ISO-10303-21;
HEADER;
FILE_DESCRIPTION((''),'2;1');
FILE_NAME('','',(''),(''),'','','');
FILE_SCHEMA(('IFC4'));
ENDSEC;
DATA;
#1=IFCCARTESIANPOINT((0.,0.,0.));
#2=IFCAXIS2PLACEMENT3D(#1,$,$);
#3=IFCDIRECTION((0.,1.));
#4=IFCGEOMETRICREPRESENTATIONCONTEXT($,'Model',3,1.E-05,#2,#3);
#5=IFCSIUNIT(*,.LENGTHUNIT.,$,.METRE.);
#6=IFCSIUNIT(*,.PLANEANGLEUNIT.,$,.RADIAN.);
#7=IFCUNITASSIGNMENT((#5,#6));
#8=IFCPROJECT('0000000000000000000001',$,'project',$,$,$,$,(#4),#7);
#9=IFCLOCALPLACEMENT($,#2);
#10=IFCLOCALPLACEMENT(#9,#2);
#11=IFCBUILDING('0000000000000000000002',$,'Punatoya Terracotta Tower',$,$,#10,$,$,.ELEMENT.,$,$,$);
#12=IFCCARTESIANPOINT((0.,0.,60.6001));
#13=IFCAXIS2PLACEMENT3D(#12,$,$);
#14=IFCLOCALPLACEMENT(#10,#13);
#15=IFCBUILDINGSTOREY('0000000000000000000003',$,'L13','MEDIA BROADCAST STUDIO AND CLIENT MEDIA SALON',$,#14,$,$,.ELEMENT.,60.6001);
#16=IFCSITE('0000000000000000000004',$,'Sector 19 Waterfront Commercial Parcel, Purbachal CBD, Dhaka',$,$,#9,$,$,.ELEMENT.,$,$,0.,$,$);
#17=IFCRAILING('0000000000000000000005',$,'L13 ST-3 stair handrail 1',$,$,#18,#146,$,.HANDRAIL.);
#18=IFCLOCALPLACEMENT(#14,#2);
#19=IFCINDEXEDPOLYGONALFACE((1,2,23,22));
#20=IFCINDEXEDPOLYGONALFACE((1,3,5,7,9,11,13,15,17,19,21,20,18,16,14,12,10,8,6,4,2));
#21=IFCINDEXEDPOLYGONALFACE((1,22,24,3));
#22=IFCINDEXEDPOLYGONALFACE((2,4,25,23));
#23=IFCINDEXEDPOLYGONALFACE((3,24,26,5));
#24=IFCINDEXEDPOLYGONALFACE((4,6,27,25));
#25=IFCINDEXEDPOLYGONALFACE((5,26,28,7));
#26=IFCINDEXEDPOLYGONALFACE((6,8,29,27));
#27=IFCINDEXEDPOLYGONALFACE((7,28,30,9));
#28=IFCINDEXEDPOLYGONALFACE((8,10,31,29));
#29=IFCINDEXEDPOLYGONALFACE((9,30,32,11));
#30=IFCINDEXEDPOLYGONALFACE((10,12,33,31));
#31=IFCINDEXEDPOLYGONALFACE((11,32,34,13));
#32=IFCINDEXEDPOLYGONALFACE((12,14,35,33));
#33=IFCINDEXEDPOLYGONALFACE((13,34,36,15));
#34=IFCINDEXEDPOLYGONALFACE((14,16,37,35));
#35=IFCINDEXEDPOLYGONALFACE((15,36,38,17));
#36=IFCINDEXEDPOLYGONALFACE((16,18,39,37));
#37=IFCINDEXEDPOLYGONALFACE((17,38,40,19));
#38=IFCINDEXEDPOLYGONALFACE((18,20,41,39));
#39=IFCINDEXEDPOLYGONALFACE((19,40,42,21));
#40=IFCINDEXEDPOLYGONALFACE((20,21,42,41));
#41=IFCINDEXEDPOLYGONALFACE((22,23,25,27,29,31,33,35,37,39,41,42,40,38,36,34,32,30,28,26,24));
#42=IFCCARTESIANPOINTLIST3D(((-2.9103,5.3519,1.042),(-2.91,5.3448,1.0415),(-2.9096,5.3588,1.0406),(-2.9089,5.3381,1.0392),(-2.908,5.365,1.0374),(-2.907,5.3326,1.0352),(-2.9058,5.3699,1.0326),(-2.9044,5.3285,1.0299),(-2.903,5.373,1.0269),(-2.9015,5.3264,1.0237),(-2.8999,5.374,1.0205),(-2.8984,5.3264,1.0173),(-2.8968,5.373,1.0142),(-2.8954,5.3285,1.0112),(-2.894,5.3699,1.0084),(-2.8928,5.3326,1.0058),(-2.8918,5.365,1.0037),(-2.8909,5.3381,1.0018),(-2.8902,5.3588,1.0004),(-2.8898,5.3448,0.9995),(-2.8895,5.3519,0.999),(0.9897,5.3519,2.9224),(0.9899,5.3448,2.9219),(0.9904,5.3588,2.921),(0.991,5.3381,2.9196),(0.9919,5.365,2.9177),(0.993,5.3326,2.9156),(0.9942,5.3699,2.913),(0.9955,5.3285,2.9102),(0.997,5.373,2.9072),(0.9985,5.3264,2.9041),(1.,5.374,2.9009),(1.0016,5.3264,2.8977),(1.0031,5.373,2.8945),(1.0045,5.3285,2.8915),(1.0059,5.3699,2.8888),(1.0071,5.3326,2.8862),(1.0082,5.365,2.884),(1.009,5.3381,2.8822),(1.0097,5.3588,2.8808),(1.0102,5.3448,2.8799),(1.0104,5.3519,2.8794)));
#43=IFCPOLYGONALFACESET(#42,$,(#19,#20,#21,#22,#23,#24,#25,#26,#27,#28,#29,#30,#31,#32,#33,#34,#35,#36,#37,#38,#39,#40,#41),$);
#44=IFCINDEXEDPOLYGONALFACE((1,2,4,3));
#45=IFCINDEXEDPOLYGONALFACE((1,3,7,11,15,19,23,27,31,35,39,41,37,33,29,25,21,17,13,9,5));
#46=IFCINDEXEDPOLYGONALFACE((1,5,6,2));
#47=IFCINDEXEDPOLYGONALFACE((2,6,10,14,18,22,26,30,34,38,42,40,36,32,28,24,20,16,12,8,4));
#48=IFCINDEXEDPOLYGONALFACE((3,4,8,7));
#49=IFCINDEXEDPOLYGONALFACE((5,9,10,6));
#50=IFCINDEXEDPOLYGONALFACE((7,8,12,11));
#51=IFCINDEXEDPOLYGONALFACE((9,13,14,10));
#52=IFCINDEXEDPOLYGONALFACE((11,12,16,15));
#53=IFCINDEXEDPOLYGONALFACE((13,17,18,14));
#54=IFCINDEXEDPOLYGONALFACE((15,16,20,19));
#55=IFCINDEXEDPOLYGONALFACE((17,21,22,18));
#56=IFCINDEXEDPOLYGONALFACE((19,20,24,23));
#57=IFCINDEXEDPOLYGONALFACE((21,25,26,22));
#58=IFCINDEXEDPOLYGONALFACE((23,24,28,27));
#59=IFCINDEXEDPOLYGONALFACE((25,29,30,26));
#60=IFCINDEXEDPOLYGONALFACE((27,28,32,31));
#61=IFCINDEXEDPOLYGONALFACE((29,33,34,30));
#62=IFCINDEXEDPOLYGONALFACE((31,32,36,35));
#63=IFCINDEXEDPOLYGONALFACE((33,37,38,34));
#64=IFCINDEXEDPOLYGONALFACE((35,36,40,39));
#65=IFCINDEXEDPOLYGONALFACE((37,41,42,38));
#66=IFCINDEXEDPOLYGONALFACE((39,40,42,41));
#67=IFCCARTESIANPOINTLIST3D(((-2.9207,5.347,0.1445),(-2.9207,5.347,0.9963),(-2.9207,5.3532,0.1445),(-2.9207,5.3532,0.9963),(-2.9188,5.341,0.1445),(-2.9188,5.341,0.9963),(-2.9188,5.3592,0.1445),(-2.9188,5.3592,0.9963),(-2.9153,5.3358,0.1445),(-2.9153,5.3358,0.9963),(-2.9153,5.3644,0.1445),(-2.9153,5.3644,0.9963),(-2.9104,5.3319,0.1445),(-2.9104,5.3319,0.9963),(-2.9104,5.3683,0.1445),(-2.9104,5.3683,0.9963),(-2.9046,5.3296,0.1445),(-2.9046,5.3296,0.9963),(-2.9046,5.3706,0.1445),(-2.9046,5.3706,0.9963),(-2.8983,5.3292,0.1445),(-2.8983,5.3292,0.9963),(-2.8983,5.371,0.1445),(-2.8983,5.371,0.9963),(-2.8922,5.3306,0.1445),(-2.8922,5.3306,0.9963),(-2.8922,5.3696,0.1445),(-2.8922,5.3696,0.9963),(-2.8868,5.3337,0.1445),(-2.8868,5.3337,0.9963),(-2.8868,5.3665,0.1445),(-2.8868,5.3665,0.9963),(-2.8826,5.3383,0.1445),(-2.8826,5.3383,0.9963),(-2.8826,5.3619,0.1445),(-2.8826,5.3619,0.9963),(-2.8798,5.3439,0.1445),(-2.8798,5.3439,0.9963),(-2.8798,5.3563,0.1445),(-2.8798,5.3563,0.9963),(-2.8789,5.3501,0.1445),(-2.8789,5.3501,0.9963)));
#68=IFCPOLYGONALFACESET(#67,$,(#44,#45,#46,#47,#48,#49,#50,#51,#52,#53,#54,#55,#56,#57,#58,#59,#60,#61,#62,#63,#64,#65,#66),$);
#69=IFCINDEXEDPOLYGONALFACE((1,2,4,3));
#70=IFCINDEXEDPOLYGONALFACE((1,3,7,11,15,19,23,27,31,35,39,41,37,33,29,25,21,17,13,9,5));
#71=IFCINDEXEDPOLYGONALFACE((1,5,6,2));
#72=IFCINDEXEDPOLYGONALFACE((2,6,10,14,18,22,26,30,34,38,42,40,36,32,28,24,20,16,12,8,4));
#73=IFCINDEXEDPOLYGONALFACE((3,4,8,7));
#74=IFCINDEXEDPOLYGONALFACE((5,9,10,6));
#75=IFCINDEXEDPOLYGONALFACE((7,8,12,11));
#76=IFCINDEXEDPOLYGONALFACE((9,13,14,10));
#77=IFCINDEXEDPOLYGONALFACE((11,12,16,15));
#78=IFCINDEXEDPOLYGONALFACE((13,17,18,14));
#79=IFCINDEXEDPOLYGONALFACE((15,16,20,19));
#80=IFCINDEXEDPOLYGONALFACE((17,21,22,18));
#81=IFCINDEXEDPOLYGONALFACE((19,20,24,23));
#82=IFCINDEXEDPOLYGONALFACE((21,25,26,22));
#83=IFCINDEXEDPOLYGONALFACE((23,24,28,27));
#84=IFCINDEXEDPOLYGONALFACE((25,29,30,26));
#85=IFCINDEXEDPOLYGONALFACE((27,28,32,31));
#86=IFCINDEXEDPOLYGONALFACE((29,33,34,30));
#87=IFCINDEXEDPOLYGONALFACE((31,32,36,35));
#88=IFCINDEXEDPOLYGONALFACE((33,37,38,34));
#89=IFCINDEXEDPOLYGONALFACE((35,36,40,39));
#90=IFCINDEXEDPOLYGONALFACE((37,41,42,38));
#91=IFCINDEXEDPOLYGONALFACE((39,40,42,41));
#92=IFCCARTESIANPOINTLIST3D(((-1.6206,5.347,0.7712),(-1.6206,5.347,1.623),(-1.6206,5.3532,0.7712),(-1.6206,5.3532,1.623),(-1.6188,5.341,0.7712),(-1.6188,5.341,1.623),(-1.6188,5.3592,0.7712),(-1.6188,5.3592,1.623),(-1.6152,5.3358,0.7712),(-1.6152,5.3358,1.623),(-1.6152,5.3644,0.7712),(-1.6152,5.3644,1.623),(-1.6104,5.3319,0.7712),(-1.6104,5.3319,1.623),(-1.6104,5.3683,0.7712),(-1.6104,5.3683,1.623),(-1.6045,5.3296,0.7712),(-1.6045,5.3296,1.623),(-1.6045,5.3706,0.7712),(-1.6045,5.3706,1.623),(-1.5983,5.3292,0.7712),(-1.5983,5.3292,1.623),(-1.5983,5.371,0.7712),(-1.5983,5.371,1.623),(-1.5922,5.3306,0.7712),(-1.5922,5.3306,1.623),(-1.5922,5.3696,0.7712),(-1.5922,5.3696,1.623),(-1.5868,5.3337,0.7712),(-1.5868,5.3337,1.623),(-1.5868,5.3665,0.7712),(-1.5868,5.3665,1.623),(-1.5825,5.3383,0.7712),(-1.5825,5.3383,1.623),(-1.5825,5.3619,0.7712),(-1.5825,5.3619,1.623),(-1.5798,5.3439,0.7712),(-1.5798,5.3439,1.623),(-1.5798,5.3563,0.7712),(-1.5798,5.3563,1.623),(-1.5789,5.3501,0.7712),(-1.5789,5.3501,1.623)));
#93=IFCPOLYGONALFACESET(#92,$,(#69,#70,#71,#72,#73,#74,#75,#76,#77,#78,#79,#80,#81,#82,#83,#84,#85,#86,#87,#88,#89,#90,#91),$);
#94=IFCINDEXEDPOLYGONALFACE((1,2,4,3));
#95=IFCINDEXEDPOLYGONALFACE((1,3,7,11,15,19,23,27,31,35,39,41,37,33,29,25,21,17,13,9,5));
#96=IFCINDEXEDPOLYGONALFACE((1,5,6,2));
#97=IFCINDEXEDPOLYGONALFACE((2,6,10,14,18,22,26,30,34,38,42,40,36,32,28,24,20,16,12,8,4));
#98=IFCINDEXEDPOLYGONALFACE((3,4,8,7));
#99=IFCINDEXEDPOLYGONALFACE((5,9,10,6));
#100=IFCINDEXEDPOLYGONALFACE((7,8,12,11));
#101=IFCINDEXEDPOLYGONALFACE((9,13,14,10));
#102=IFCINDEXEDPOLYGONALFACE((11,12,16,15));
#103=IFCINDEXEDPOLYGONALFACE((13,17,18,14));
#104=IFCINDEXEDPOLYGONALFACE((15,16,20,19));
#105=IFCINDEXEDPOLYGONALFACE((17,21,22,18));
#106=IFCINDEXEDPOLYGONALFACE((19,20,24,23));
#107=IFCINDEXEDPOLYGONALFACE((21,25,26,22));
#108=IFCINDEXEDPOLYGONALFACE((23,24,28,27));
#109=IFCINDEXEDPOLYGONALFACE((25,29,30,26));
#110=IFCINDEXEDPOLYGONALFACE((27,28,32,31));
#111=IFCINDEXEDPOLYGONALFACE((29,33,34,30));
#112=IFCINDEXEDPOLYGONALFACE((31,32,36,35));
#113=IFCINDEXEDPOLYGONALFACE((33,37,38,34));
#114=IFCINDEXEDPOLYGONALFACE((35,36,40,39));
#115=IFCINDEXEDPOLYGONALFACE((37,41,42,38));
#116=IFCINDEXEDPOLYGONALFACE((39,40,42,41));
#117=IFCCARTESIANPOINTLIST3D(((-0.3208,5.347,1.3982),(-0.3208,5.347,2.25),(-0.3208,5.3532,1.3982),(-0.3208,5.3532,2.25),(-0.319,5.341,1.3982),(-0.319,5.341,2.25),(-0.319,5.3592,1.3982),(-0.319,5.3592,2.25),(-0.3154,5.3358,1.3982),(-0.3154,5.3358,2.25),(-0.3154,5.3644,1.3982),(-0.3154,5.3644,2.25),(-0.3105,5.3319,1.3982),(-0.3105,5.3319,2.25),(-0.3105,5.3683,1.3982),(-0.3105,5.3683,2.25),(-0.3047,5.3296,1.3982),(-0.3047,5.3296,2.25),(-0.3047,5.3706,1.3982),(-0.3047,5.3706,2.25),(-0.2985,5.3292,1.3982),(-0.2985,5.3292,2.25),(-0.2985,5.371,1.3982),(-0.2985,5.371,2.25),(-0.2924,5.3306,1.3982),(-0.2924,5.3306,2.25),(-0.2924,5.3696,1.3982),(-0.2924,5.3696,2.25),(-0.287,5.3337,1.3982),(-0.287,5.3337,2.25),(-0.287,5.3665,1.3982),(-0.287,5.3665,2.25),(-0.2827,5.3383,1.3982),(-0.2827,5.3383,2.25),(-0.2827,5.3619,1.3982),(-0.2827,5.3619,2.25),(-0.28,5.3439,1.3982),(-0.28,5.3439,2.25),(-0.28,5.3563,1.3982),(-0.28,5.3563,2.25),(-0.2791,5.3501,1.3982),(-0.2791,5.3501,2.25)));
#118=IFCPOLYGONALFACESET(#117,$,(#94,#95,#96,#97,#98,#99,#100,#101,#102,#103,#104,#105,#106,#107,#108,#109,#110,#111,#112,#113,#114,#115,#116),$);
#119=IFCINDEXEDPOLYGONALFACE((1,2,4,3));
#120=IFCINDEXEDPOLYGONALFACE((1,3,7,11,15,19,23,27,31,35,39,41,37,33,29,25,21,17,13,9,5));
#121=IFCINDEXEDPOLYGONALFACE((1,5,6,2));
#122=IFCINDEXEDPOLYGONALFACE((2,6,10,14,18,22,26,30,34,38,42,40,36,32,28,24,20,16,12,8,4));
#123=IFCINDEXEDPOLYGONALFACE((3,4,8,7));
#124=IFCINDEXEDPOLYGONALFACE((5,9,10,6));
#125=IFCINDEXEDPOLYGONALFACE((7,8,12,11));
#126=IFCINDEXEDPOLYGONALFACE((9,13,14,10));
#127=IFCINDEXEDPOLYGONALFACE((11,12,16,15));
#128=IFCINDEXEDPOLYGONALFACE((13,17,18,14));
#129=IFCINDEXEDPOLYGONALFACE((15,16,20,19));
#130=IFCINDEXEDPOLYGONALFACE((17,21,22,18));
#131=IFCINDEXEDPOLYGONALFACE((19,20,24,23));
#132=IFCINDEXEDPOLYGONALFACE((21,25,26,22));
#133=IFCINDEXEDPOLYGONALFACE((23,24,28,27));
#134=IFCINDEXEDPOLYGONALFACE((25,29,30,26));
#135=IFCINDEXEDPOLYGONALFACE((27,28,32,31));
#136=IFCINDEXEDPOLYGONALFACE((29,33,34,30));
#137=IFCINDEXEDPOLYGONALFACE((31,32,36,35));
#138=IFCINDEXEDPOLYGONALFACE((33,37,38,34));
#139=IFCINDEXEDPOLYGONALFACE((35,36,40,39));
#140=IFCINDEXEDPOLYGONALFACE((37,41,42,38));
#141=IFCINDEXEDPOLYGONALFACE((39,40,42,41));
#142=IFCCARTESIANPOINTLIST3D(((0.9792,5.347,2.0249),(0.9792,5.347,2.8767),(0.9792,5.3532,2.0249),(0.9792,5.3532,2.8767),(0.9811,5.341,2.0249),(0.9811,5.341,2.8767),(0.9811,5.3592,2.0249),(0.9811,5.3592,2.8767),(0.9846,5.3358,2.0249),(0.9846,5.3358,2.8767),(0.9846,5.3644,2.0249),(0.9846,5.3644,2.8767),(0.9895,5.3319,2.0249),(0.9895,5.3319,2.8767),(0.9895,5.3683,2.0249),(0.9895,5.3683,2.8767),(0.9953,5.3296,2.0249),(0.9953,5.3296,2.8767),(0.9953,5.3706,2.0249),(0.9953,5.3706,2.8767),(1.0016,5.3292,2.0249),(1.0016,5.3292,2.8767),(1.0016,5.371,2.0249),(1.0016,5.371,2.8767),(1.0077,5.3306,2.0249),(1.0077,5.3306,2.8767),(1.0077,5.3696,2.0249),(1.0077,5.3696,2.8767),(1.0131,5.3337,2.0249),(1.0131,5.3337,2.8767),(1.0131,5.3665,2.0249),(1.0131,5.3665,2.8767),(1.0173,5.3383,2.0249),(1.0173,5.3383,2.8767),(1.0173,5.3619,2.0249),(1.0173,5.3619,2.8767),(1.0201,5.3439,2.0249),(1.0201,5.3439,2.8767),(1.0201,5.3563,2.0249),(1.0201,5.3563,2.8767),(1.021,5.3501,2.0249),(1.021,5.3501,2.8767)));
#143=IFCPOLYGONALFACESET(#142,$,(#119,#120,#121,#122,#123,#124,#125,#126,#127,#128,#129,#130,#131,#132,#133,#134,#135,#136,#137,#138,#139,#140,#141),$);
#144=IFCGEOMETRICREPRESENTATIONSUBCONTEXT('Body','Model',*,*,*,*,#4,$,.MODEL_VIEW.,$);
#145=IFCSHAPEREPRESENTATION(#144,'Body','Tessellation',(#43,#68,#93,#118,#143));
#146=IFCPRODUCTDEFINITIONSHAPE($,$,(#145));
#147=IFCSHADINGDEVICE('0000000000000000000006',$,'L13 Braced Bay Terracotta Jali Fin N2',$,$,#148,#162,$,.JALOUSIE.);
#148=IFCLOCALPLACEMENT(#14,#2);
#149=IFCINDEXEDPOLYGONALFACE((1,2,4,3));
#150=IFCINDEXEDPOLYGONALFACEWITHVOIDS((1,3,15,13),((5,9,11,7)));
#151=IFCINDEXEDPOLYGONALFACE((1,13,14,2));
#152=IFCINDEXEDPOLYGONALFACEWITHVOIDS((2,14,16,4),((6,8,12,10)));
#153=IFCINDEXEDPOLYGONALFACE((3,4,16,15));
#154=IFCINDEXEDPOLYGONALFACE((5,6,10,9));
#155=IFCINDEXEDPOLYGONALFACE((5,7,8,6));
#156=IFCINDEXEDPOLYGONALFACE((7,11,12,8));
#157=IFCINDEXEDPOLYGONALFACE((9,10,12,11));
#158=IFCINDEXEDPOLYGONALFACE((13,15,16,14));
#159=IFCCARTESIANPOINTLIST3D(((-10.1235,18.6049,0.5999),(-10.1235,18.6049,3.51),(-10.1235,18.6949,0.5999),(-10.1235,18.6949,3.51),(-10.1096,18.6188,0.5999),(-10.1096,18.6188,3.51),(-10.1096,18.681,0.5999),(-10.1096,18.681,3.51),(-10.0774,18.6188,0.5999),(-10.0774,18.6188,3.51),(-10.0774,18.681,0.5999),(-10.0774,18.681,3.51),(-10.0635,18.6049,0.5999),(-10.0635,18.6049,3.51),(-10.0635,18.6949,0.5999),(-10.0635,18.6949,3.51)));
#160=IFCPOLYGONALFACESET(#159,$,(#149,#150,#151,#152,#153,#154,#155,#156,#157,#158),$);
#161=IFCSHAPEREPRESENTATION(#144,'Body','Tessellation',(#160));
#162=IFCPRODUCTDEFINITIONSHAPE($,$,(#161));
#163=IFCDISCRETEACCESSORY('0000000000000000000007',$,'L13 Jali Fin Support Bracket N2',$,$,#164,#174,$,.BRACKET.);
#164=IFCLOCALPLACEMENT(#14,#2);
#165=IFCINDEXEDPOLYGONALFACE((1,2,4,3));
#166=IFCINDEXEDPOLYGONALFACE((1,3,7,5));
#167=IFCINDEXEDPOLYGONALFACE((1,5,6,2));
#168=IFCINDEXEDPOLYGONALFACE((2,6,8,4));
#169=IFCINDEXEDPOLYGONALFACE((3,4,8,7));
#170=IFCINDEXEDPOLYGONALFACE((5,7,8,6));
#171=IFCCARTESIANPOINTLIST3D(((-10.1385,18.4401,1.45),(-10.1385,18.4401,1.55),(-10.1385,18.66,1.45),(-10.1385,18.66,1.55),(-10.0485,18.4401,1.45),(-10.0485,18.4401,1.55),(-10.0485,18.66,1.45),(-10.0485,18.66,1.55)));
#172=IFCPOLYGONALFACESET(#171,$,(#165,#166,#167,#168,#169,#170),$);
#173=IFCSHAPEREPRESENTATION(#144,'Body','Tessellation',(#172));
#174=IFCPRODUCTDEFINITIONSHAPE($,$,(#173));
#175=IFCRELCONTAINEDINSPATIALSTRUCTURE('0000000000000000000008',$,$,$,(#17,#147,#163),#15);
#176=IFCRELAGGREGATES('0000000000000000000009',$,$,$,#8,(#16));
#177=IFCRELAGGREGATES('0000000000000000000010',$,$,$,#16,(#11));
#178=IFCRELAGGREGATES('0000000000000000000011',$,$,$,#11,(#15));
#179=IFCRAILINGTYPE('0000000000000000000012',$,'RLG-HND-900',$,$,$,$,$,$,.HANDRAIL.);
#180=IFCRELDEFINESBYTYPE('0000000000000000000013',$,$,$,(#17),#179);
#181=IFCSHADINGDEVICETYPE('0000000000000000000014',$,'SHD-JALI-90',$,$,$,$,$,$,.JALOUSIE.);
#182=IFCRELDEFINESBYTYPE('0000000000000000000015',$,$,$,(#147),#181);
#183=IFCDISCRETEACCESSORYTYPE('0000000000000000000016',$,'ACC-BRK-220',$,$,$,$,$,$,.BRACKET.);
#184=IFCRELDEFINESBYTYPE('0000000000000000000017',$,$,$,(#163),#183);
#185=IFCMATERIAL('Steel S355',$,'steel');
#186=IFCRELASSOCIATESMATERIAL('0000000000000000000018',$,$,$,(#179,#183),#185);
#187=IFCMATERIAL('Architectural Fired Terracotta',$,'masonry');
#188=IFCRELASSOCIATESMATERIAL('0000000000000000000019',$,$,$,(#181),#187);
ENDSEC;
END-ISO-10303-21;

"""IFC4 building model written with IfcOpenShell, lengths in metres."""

from ifc_helpers import new_model, si_unit, direction, frame, origin, origin_2d, place, context, subcontext, project, spatial, rectangle, hollow_rectangle, circle, extrude, material, material_profile, profile_set, type_object, element, save


model = new_model("IFC4")

# Units and contexts
model_context = context("Model", 3, precision=1e-05, world=origin(), true_north=direction((0.0, 1.0)))
body_context = subcontext(model_context, "Body", "Model", "MODEL_VIEW")
ifc_project = project(units=[si_unit("LENGTHUNIT", "METRE"), si_unit("PLANEANGLEUNIT", "RADIAN")], contexts=[model_context])

# Site, building, storey
site_placement = place(None, origin())
site = spatial("IfcSite", under=ifc_project, at=site_placement, Name="Sector 19 Waterfront Commercial Parcel, Purbachal CBD, Dhaka", CompositionType="ELEMENT", RefElevation=0.0)
building_placement = place(site_placement, origin())
building = spatial("IfcBuilding", under=site, at=building_placement, Name="Punatoya Terracotta Tower", CompositionType="ELEMENT")
storey_placement = place(building_placement, frame((0.0, 0.0, 60.6001)))
storey = spatial("IfcBuildingStorey", under=building, at=storey_placement, Name="L13", Description="MEDIA BROADCAST STUDIO AND CLIENT MEDIA SALON", CompositionType="ELEMENT", Elevation=60.6001)

# Railing
ifc_material_1 = material(Name="Steel S355", Category="steel")
railing_type_1 = type_object("IfcRailingType", Name="RLG-HND-900", PredefinedType="HANDRAIL", material=ifc_material_1)
railing_1_placement = place(storey_placement, frame((-2.8999, 5.3501, 0.1445)))
element("IfcRailing", 1, at=railing_1_placement, inside=storey, type_object=railing_type_1, Name="L13 ST-3 stair handrail 1", PredefinedType="HANDRAIL", context=body_context, shape_type="SweptSolid", body=[
    extrude(circle(Radius=0.0239, at=origin_2d()), frame((0.0, 0.0, 0.876), z_axis=(0.900763, 0.0, 0.434311), x_axis=(0.0, 1.0, 0.0)), (0.0, 0.0, 1.0), 4.3296),
    extrude(circle(Radius=0.021, at=origin_2d()), origin(), (0.0, 0.0, 1.0), 0.8518),
    extrude(circle(Radius=0.021, at=origin_2d()), frame((1.3, 0.0, 0.6267)), (0.0, 0.0, 1.0), 0.8518),
    extrude(circle(Radius=0.021, at=origin_2d()), frame((2.5999, 0.0, 1.2537)), (0.0, 0.0, 1.0), 0.8518),
    extrude(circle(Radius=0.021, at=origin_2d()), frame((3.8999, 0.0, 1.8804)), (0.0, 0.0, 1.0), 0.8518),
])

# Shading device
ifc_material_2 = material(Name="Architectural Fired Terracotta", Category="masonry")
ifc_material_profile_1 = material_profile(ifc_material_2, hollow_rectangle(XDim=0.0601, YDim=0.0901, WallThickness=0.0139, at=origin_2d()))
ifc_profile_set_1 = profile_set([ifc_material_profile_1], Name="Architectural Fired Terracotta")
shading_device_type = type_object("IfcShadingDeviceType", Name="SHD-JALI-90", PredefinedType="JALOUSIE", material=ifc_profile_set_1)
shading_device_placement = place(storey_placement, frame((-10.0935, 18.6499, 0.5999), z_axis=(0.0, 0.0, 1.0), x_axis=(1.0, 0.0, 0.0)))
element("IfcShadingDevice", 2, at=shading_device_placement, inside=storey, type_object=shading_device_type, Name="L13 Braced Bay Terracotta Jali Fin N2", PredefinedType="JALOUSIE", context=body_context, shape_type="SweptSolid", body=[
    extrude(hollow_rectangle(XDim=0.0601, YDim=0.0901, WallThickness=0.0139, at=origin_2d()), origin(), (0.0, 0.0, 1.0), 2.9102),
])

# Discrete accessory
discrete_accessory_type = type_object("IfcDiscreteAccessoryType", Name="ACC-BRK-220", PredefinedType="BRACKET", material=ifc_material_1)
discrete_accessory_placement = place(storey_placement, frame((-10.0935, 18.55, 1.45), z_axis=(0.0, 0.0, 1.0), x_axis=(-1.0, 0.0, 0.0)))
element("IfcDiscreteAccessory", 3, at=discrete_accessory_placement, inside=storey, type_object=discrete_accessory_type, Name="L13 Jali Fin Support Bracket N2", PredefinedType="BRACKET", context=body_context, shape_type="SweptSolid", body=[
    extrude(rectangle(XDim=0.0901, YDim=0.22, at=origin_2d()), origin(), (0.0, 0.0, 1.0), 0.1001),
])

save(model, "model.ifc")
